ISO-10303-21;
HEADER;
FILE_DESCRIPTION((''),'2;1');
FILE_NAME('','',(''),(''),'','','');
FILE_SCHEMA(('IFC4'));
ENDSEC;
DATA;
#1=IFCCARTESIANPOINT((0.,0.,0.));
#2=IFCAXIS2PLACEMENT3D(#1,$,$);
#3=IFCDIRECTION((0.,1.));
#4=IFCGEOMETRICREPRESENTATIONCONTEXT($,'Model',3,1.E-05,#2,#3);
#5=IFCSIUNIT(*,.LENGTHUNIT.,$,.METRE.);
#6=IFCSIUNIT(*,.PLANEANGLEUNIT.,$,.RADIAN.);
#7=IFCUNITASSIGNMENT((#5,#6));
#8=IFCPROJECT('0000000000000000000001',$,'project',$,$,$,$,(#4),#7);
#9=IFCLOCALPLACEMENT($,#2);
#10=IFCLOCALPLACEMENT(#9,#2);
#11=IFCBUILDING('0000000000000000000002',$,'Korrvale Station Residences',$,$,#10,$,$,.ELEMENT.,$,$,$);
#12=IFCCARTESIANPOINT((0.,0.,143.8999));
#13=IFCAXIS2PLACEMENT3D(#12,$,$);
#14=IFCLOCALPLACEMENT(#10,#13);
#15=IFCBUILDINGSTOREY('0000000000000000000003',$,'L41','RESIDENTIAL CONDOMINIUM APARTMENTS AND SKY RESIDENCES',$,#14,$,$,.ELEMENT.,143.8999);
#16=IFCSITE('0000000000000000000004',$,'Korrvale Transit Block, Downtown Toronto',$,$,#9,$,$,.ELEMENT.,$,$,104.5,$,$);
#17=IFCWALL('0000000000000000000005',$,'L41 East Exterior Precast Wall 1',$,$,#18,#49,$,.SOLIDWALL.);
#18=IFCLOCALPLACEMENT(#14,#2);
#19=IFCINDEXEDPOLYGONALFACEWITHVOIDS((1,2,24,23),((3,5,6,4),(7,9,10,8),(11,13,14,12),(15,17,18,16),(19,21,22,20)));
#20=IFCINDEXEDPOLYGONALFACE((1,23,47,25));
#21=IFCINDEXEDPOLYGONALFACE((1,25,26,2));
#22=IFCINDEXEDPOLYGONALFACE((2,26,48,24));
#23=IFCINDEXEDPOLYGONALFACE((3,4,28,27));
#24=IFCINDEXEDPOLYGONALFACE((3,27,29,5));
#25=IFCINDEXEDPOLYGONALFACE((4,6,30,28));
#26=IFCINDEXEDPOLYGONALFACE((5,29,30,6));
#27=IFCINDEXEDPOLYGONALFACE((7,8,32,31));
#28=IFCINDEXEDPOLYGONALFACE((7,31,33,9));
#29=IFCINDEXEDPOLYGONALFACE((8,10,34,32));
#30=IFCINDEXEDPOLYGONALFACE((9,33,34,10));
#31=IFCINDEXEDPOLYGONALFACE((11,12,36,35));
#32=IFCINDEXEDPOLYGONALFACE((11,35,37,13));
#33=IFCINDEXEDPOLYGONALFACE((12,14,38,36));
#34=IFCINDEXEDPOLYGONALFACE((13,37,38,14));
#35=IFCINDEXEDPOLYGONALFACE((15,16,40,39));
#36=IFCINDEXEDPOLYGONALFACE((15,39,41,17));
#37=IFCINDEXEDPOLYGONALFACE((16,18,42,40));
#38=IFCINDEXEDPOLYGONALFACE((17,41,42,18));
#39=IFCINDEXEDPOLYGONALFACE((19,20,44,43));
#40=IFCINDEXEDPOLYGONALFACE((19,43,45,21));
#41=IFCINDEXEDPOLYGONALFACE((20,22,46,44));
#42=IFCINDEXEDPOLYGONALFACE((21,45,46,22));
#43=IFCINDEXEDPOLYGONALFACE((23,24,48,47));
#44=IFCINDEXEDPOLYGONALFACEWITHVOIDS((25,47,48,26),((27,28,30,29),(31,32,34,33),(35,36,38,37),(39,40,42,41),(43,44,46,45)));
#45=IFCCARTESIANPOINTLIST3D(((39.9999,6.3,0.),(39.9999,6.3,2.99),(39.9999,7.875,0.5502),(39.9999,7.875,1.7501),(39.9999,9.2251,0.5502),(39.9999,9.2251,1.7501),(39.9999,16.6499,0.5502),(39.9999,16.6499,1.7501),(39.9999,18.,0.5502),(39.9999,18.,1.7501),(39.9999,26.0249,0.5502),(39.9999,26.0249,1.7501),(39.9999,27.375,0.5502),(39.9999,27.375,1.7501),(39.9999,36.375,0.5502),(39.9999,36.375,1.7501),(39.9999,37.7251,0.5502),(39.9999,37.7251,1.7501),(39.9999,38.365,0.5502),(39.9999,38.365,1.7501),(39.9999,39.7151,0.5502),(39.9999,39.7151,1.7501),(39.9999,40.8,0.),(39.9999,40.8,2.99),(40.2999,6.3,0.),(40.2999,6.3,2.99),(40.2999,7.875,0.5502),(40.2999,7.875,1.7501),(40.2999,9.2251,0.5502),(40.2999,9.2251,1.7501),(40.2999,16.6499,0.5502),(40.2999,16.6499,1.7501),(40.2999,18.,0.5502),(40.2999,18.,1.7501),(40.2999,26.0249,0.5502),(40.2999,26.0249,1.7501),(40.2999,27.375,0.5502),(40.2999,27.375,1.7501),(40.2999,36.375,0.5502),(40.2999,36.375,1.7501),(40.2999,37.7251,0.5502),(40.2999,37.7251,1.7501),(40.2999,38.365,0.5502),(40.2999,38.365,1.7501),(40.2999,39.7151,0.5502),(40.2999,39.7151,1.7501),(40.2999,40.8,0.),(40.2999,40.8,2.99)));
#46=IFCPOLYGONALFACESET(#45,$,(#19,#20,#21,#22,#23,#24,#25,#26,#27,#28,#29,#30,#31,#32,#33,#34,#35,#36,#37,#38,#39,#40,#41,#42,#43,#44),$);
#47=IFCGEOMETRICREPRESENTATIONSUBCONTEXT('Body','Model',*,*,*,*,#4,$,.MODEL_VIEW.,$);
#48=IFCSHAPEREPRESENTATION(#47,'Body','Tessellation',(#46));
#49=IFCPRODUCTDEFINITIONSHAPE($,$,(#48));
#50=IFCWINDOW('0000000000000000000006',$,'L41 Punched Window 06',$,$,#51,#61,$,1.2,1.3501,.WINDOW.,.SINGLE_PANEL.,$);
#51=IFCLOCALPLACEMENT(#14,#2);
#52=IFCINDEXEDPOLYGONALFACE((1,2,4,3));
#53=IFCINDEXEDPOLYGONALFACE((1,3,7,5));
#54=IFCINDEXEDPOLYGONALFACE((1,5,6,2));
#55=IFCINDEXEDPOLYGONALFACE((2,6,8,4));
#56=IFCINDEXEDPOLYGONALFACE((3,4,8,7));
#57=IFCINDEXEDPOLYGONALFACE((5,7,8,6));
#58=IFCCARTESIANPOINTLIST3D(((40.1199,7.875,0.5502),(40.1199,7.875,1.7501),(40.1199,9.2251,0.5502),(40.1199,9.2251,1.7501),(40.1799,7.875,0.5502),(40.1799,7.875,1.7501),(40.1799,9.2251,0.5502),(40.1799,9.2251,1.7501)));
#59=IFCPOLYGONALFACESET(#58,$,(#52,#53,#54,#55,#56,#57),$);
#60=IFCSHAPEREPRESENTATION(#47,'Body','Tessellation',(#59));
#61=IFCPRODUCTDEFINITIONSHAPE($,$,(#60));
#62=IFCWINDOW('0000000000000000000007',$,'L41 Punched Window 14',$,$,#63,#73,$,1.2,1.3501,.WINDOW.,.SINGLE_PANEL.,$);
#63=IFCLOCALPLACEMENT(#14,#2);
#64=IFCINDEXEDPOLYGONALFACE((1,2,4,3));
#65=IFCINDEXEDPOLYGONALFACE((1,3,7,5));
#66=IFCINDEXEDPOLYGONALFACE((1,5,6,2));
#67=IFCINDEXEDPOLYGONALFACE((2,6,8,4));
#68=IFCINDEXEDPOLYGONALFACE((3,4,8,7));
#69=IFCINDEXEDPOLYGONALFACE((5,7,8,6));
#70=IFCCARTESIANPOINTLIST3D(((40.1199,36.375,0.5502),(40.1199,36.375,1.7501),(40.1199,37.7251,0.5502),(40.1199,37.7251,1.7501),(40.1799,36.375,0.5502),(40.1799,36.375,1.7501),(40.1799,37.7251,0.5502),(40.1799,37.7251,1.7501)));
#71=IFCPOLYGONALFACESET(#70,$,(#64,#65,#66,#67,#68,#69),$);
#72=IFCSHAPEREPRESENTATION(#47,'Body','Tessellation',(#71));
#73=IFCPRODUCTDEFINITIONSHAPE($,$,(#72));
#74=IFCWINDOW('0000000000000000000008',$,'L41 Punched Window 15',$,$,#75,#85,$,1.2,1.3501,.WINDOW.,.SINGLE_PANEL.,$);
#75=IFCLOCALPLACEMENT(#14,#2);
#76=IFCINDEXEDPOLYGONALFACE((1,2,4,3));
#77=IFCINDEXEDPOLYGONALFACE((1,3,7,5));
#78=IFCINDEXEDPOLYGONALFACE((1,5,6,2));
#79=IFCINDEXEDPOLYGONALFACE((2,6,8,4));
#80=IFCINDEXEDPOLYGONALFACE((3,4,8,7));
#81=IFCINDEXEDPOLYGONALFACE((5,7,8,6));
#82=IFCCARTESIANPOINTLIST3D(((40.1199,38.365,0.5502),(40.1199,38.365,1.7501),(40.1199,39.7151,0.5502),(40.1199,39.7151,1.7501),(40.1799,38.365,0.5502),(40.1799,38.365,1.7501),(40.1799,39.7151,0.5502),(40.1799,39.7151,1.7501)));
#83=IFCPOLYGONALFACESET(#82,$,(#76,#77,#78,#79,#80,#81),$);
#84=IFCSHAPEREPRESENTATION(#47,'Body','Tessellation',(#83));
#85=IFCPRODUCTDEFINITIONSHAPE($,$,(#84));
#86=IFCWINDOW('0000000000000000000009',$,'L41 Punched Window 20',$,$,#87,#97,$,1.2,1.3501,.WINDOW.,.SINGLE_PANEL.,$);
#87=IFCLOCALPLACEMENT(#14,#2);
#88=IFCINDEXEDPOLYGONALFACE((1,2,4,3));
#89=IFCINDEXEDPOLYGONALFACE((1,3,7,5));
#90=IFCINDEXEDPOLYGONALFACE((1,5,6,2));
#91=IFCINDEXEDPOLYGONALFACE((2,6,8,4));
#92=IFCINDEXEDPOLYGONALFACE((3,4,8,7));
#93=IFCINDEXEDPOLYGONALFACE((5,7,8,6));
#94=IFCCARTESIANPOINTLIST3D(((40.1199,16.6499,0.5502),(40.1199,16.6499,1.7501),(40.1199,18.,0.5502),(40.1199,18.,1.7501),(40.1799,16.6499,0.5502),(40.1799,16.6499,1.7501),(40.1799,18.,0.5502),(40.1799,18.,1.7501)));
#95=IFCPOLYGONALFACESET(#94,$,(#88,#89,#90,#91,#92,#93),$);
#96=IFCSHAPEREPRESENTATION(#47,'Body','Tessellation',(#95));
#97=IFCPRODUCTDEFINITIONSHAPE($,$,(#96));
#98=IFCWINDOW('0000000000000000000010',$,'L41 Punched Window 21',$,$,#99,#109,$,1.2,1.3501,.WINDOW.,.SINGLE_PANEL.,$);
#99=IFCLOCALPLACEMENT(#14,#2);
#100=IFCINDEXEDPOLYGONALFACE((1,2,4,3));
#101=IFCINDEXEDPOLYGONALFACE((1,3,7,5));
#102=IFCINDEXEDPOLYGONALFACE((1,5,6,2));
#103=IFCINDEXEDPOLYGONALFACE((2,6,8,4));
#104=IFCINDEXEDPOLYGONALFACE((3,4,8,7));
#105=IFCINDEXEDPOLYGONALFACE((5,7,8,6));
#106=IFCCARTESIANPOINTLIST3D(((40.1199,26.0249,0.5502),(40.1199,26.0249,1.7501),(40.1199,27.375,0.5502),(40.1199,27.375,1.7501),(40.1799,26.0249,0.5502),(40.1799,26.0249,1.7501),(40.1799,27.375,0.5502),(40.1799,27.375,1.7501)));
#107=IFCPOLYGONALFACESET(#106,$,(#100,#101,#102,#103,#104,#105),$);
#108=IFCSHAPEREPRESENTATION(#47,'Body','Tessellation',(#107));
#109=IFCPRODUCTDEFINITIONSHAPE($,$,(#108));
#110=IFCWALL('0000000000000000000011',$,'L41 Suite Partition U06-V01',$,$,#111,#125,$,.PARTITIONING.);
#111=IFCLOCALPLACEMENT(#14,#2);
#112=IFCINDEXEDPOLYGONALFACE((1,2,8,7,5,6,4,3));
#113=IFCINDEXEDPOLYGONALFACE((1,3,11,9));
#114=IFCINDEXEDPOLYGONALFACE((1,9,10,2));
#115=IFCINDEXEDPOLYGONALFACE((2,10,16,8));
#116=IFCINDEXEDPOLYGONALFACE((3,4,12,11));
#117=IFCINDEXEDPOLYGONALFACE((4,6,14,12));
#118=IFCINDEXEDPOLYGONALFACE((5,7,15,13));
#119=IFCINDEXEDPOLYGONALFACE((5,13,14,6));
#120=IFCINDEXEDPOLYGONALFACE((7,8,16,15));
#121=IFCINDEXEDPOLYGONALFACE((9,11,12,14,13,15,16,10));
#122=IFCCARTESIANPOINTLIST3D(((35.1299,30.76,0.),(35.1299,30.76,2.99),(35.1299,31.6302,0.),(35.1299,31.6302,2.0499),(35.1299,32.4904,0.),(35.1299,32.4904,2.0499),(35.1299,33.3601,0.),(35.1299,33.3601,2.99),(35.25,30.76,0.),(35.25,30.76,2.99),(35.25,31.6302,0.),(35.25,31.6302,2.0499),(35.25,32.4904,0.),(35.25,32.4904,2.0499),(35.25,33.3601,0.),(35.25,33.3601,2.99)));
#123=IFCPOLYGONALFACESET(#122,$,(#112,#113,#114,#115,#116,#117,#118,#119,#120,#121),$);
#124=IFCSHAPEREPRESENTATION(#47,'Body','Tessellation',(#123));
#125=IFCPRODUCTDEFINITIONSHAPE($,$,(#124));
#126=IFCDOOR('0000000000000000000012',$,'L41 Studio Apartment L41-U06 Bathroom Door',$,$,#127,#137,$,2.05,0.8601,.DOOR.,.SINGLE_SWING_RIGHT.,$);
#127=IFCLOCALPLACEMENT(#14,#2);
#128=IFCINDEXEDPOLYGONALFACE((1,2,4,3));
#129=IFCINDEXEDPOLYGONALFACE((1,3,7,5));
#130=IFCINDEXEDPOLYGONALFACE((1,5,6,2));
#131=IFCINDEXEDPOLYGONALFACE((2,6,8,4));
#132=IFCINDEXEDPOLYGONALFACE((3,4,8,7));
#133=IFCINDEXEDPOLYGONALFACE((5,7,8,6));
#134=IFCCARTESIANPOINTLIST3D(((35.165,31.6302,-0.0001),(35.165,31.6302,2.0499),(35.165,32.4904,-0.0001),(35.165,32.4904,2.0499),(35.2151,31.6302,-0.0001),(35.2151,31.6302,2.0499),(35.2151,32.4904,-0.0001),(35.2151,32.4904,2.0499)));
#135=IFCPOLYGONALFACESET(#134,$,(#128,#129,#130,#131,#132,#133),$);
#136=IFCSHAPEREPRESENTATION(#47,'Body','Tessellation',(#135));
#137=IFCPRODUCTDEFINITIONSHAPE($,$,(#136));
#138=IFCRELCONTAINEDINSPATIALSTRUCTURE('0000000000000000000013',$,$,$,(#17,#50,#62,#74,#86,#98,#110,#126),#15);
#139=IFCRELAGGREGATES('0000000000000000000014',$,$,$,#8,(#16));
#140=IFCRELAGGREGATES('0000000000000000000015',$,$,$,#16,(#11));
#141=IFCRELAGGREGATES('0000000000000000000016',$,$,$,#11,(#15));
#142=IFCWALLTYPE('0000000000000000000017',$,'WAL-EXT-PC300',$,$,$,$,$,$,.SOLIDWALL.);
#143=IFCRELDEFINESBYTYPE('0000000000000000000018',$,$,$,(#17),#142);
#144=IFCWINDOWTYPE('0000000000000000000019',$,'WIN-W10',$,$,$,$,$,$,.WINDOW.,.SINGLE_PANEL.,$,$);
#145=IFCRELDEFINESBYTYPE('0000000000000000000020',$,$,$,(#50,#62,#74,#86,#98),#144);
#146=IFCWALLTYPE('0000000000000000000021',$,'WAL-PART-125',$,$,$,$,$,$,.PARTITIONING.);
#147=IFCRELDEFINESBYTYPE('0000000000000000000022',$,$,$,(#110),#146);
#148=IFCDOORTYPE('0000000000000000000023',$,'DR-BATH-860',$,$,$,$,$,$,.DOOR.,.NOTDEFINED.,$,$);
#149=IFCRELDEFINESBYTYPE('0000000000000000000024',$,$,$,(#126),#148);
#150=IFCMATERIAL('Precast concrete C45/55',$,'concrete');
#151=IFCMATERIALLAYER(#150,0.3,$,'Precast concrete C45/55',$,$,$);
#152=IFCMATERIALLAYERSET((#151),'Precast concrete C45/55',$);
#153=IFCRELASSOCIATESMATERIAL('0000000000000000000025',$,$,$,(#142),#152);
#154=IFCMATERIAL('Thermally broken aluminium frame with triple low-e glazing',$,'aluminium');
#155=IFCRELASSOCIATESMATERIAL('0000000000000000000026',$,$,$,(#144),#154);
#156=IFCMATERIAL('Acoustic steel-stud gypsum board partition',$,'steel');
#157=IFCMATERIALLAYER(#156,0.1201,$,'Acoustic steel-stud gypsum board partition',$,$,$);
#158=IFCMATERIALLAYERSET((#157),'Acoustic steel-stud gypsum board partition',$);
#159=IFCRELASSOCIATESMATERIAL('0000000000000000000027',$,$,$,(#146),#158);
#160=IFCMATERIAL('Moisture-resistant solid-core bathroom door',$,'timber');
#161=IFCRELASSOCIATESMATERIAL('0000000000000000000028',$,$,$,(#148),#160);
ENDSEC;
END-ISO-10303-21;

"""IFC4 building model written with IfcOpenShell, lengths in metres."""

from ifc_helpers import new_model, si_unit, direction, frame, frame_2d, origin, place, context, subcontext, project, spatial, rectangle, extrude, material, layer, layer_set, type_object, element, fill, save


model = new_model("IFC4")

# Units and contexts
model_context = context("Model", 3, precision=1e-05, world=origin(), true_north=direction((0.0, 1.0)))
body_context = subcontext(model_context, "Body", "Model", "MODEL_VIEW")
ifc_project = project(units=[si_unit("LENGTHUNIT", "METRE"), si_unit("PLANEANGLEUNIT", "RADIAN")], contexts=[model_context])

# Site, building, storey
site_placement = place(None, origin())
site = spatial("IfcSite", under=ifc_project, at=site_placement, Name="Korrvale Transit Block, Downtown Toronto", CompositionType="ELEMENT", RefElevation=104.5)
building_placement = place(site_placement, origin())
building = spatial("IfcBuilding", under=site, at=building_placement, Name="Korrvale Station Residences", CompositionType="ELEMENT")
storey_placement = place(building_placement, frame((0.0, 0.0, 143.8999)))
storey = spatial("IfcBuildingStorey", under=building, at=storey_placement, Name="L41", Description="RESIDENTIAL CONDOMINIUM APARTMENTS AND SKY RESIDENCES", CompositionType="ELEMENT", Elevation=143.8999)

# Shared definitions
ifc_material_1 = material(Name="Precast concrete C45/55", Category="concrete")
ifc_layer_1 = layer(ifc_material_1, 0.3, Name="Precast concrete C45/55")
ifc_layer_set_1 = layer_set([ifc_layer_1], Name="Precast concrete C45/55")
wall_type_1 = type_object("IfcWallType", Name="WAL-EXT-PC300", PredefinedType="SOLIDWALL", material=ifc_layer_set_1)

# Wall, openings, windows
wall_1_placement = place(storey_placement, frame((40.1499, 40.8, 0.0), z_axis=(0.0, 0.0, 1.0), x_axis=(0.0, -1.0, 0.0)))
wall_1 = element("IfcWall", 1, at=wall_1_placement, inside=storey, type_object=wall_type_1, Name="L41 East Exterior Precast Wall 1", PredefinedType="SOLIDWALL", context=body_context, shape_type="SweptSolid", body=[
    extrude(rectangle(XDim=34.5, YDim=0.3, at=frame_2d((17.25, 0.0))), origin(), (0.0, 0.0, 1.0), 2.99),
])
opening_1_placement = place(wall_1_placement, frame((31.575, 0.0, 0.55)))
opening_1 = element("IfcOpeningElement", 2, at=opening_1_placement, cuts=wall_1, PredefinedType="OPENING", context=body_context, shape_type="SweptSolid", body=[
    extrude(rectangle(XDim=1.3501, YDim=1.2, at=frame_2d((0.675, 0.6001))), frame((0.0, 0.1602, 0.0), z_axis=(0.0, -1.0, 0.0), x_axis=(1.0, 0.0, 0.0)), (0.0, 0.0, 1.0), 0.3201),
])
opening_2_placement = place(wall_1_placement, frame((3.075, 0.0, 0.55)))
opening_2 = element("IfcOpeningElement", 3, at=opening_2_placement, cuts=wall_1, PredefinedType="OPENING", context=body_context, shape_type="SweptSolid", body=[
    extrude(rectangle(XDim=1.3501, YDim=1.2, at=frame_2d((0.675, 0.6001))), frame((0.0, 0.1602, 0.0), z_axis=(0.0, -1.0, 0.0), x_axis=(1.0, 0.0, 0.0)), (0.0, 0.0, 1.0), 0.3201),
])
opening_3_placement = place(wall_1_placement, frame((1.085, 0.0, 0.55)))
opening_3 = element("IfcOpeningElement", 4, at=opening_3_placement, cuts=wall_1, PredefinedType="OPENING", context=body_context, shape_type="SweptSolid", body=[
    extrude(rectangle(XDim=1.3501, YDim=1.2, at=frame_2d((0.675, 0.6001))), frame((0.0, 0.1602, 0.0), z_axis=(0.0, -1.0, 0.0), x_axis=(1.0, 0.0, 0.0)), (0.0, 0.0, 1.0), 0.3201),
])
opening_4_placement = place(wall_1_placement, frame((22.8, 0.0, 0.55)))
opening_4 = element("IfcOpeningElement", 5, at=opening_4_placement, cuts=wall_1, PredefinedType="OPENING", context=body_context, shape_type="SweptSolid", body=[
    extrude(rectangle(XDim=1.3501, YDim=1.2, at=frame_2d((0.675, 0.6001))), frame((0.0, 0.1602, 0.0), z_axis=(0.0, -1.0, 0.0), x_axis=(1.0, 0.0, 0.0)), (0.0, 0.0, 1.0), 0.3201),
])
opening_5_placement = place(wall_1_placement, frame((13.425, 0.0, 0.55)))
opening_5 = element("IfcOpeningElement", 6, at=opening_5_placement, cuts=wall_1, PredefinedType="OPENING", context=body_context, shape_type="SweptSolid", body=[
    extrude(rectangle(XDim=1.3501, YDim=1.2, at=frame_2d((0.675, 0.6001))), frame((0.0, 0.1602, 0.0), z_axis=(0.0, -1.0, 0.0), x_axis=(1.0, 0.0, 0.0)), (0.0, 0.0, 1.0), 0.3201),
])
ifc_material_2 = material(Name="Thermally broken aluminium frame with triple low-e glazing", Category="aluminium")
window_type = type_object("IfcWindowType", Name="WIN-W10", PartitioningType="SINGLE_PANEL", PredefinedType="WINDOW", material=ifc_material_2)
window_1_placement = place(opening_1_placement, origin())
window_1 = element("IfcWindow", 7, at=window_1_placement, inside=storey, type_object=window_type, Name="L41 Punched Window 06", OverallHeight=1.2, OverallWidth=1.3501, PartitioningType="SINGLE_PANEL", PredefinedType="WINDOW", context=body_context, shape_type="SweptSolid", body=[
    extrude(rectangle(XDim=1.3501, YDim=1.2, at=frame_2d((0.675, 0.6001))), frame((0.0, 0.03, 0.0), z_axis=(0.0, -1.0, 0.0), x_axis=(1.0, 0.0, 0.0)), (0.0, 0.0, 1.0), 0.0601),
])
fill(opening_1, window_1)
window_2_placement = place(opening_2_placement, origin())
window_2 = element("IfcWindow", 8, at=window_2_placement, inside=storey, type_object=window_type, Name="L41 Punched Window 14", OverallHeight=1.2, OverallWidth=1.3501, PartitioningType="SINGLE_PANEL", PredefinedType="WINDOW", context=body_context, shape_type="SweptSolid", body=[
    extrude(rectangle(XDim=1.3501, YDim=1.2, at=frame_2d((0.675, 0.6001))), frame((0.0, 0.03, 0.0), z_axis=(0.0, -1.0, 0.0), x_axis=(1.0, 0.0, 0.0)), (0.0, 0.0, 1.0), 0.0601),
])
fill(opening_2, window_2)
window_3_placement = place(opening_3_placement, origin())
window_3 = element("IfcWindow", 9, at=window_3_placement, inside=storey, type_object=window_type, Name="L41 Punched Window 15", OverallHeight=1.2, OverallWidth=1.3501, PartitioningType="SINGLE_PANEL", PredefinedType="WINDOW", context=body_context, shape_type="SweptSolid", body=[
    extrude(rectangle(XDim=1.3501, YDim=1.2, at=frame_2d((0.675, 0.6001))), frame((0.0, 0.03, 0.0), z_axis=(0.0, -1.0, 0.0), x_axis=(1.0, 0.0, 0.0)), (0.0, 0.0, 1.0), 0.0601),
])
fill(opening_3, window_3)
window_4_placement = place(opening_4_placement, origin())
window_4 = element("IfcWindow", 10, at=window_4_placement, inside=storey, type_object=window_type, Name="L41 Punched Window 20", OverallHeight=1.2, OverallWidth=1.3501, PartitioningType="SINGLE_PANEL", PredefinedType="WINDOW", context=body_context, shape_type="SweptSolid", body=[
    extrude(rectangle(XDim=1.3501, YDim=1.2, at=frame_2d((0.675, 0.6001))), frame((0.0, 0.03, 0.0), z_axis=(0.0, -1.0, 0.0), x_axis=(1.0, 0.0, 0.0)), (0.0, 0.0, 1.0), 0.0601),
])
fill(opening_4, window_4)
window_5_placement = place(opening_5_placement, origin())
window_5 = element("IfcWindow", 11, at=window_5_placement, inside=storey, type_object=window_type, Name="L41 Punched Window 21", OverallHeight=1.2, OverallWidth=1.3501, PartitioningType="SINGLE_PANEL", PredefinedType="WINDOW", context=body_context, shape_type="SweptSolid", body=[
    extrude(rectangle(XDim=1.3501, YDim=1.2, at=frame_2d((0.675, 0.6001))), frame((0.0, 0.03, 0.0), z_axis=(0.0, -1.0, 0.0), x_axis=(1.0, 0.0, 0.0)), (0.0, 0.0, 1.0), 0.0601),
])
fill(opening_5, window_5)

# Wall, opening, door
ifc_material_3 = material(Name="Acoustic steel-stud gypsum board partition", Category="steel")
ifc_layer_2 = layer(ifc_material_3, 0.1201, Name="Acoustic steel-stud gypsum board partition")
ifc_layer_set_2 = layer_set([ifc_layer_2], Name="Acoustic steel-stud gypsum board partition")
wall_type_2 = type_object("IfcWallType", Name="WAL-PART-125", PredefinedType="PARTITIONING", material=ifc_layer_set_2)
wall_2_placement = place(storey_placement, frame((35.1899, 30.76, 0.0), z_axis=(0.0, 0.0, 1.0), x_axis=(0.0, 1.0, 0.0)))
wall_2 = element("IfcWall", 12, at=wall_2_placement, inside=storey, type_object=wall_type_2, Name="L41 Suite Partition U06-V01", PredefinedType="PARTITIONING", context=body_context, shape_type="SweptSolid", body=[
    extrude(rectangle(XDim=2.6001, YDim=0.1201, at=frame_2d((1.3, 0.0))), origin(), (0.0, 0.0, 1.0), 2.99),
])
opening_6_placement = place(wall_2_placement, frame((0.8701, 0.0, 0.0)))
opening_6 = element("IfcOpeningElement", 13, at=opening_6_placement, cuts=wall_2, PredefinedType="OPENING", context=body_context, shape_type="SweptSolid", body=[
    extrude(rectangle(XDim=0.8601, YDim=2.05, at=frame_2d((0.4302, 1.0249))), frame((0.0, 0.0701, 0.0), z_axis=(0.0, -1.0, 0.0), x_axis=(1.0, 0.0, 0.0)), (0.0, 0.0, 1.0), 0.1401),
])
ifc_material_4 = material(Name="Moisture-resistant solid-core bathroom door", Category="timber")
door_type_1 = type_object("IfcDoorType", Name="DR-BATH-860", OperationType="NOTDEFINED", PredefinedType="DOOR", material=ifc_material_4)
door_1_placement = place(opening_6_placement, origin())
door_1 = element("IfcDoor", 14, at=door_1_placement, inside=storey, type_object=door_type_1, Name="L41 Studio Apartment L41-U06 Bathroom Door", OperationType="SINGLE_SWING_RIGHT", OverallHeight=2.05, OverallWidth=0.8601, PredefinedType="DOOR", context=body_context, shape_type="SweptSolid", body=[
    extrude(rectangle(XDim=0.8601, YDim=2.05, at=frame_2d((0.4302, 1.0249))), frame((0.0, 0.0249, 0.0), z_axis=(0.0, -1.0, 0.0), x_axis=(1.0, 0.0, 0.0)), (0.0, 0.0, 1.0), 0.05),
])
fill(opening_6, door_1)

save(model, "model.ifc")
